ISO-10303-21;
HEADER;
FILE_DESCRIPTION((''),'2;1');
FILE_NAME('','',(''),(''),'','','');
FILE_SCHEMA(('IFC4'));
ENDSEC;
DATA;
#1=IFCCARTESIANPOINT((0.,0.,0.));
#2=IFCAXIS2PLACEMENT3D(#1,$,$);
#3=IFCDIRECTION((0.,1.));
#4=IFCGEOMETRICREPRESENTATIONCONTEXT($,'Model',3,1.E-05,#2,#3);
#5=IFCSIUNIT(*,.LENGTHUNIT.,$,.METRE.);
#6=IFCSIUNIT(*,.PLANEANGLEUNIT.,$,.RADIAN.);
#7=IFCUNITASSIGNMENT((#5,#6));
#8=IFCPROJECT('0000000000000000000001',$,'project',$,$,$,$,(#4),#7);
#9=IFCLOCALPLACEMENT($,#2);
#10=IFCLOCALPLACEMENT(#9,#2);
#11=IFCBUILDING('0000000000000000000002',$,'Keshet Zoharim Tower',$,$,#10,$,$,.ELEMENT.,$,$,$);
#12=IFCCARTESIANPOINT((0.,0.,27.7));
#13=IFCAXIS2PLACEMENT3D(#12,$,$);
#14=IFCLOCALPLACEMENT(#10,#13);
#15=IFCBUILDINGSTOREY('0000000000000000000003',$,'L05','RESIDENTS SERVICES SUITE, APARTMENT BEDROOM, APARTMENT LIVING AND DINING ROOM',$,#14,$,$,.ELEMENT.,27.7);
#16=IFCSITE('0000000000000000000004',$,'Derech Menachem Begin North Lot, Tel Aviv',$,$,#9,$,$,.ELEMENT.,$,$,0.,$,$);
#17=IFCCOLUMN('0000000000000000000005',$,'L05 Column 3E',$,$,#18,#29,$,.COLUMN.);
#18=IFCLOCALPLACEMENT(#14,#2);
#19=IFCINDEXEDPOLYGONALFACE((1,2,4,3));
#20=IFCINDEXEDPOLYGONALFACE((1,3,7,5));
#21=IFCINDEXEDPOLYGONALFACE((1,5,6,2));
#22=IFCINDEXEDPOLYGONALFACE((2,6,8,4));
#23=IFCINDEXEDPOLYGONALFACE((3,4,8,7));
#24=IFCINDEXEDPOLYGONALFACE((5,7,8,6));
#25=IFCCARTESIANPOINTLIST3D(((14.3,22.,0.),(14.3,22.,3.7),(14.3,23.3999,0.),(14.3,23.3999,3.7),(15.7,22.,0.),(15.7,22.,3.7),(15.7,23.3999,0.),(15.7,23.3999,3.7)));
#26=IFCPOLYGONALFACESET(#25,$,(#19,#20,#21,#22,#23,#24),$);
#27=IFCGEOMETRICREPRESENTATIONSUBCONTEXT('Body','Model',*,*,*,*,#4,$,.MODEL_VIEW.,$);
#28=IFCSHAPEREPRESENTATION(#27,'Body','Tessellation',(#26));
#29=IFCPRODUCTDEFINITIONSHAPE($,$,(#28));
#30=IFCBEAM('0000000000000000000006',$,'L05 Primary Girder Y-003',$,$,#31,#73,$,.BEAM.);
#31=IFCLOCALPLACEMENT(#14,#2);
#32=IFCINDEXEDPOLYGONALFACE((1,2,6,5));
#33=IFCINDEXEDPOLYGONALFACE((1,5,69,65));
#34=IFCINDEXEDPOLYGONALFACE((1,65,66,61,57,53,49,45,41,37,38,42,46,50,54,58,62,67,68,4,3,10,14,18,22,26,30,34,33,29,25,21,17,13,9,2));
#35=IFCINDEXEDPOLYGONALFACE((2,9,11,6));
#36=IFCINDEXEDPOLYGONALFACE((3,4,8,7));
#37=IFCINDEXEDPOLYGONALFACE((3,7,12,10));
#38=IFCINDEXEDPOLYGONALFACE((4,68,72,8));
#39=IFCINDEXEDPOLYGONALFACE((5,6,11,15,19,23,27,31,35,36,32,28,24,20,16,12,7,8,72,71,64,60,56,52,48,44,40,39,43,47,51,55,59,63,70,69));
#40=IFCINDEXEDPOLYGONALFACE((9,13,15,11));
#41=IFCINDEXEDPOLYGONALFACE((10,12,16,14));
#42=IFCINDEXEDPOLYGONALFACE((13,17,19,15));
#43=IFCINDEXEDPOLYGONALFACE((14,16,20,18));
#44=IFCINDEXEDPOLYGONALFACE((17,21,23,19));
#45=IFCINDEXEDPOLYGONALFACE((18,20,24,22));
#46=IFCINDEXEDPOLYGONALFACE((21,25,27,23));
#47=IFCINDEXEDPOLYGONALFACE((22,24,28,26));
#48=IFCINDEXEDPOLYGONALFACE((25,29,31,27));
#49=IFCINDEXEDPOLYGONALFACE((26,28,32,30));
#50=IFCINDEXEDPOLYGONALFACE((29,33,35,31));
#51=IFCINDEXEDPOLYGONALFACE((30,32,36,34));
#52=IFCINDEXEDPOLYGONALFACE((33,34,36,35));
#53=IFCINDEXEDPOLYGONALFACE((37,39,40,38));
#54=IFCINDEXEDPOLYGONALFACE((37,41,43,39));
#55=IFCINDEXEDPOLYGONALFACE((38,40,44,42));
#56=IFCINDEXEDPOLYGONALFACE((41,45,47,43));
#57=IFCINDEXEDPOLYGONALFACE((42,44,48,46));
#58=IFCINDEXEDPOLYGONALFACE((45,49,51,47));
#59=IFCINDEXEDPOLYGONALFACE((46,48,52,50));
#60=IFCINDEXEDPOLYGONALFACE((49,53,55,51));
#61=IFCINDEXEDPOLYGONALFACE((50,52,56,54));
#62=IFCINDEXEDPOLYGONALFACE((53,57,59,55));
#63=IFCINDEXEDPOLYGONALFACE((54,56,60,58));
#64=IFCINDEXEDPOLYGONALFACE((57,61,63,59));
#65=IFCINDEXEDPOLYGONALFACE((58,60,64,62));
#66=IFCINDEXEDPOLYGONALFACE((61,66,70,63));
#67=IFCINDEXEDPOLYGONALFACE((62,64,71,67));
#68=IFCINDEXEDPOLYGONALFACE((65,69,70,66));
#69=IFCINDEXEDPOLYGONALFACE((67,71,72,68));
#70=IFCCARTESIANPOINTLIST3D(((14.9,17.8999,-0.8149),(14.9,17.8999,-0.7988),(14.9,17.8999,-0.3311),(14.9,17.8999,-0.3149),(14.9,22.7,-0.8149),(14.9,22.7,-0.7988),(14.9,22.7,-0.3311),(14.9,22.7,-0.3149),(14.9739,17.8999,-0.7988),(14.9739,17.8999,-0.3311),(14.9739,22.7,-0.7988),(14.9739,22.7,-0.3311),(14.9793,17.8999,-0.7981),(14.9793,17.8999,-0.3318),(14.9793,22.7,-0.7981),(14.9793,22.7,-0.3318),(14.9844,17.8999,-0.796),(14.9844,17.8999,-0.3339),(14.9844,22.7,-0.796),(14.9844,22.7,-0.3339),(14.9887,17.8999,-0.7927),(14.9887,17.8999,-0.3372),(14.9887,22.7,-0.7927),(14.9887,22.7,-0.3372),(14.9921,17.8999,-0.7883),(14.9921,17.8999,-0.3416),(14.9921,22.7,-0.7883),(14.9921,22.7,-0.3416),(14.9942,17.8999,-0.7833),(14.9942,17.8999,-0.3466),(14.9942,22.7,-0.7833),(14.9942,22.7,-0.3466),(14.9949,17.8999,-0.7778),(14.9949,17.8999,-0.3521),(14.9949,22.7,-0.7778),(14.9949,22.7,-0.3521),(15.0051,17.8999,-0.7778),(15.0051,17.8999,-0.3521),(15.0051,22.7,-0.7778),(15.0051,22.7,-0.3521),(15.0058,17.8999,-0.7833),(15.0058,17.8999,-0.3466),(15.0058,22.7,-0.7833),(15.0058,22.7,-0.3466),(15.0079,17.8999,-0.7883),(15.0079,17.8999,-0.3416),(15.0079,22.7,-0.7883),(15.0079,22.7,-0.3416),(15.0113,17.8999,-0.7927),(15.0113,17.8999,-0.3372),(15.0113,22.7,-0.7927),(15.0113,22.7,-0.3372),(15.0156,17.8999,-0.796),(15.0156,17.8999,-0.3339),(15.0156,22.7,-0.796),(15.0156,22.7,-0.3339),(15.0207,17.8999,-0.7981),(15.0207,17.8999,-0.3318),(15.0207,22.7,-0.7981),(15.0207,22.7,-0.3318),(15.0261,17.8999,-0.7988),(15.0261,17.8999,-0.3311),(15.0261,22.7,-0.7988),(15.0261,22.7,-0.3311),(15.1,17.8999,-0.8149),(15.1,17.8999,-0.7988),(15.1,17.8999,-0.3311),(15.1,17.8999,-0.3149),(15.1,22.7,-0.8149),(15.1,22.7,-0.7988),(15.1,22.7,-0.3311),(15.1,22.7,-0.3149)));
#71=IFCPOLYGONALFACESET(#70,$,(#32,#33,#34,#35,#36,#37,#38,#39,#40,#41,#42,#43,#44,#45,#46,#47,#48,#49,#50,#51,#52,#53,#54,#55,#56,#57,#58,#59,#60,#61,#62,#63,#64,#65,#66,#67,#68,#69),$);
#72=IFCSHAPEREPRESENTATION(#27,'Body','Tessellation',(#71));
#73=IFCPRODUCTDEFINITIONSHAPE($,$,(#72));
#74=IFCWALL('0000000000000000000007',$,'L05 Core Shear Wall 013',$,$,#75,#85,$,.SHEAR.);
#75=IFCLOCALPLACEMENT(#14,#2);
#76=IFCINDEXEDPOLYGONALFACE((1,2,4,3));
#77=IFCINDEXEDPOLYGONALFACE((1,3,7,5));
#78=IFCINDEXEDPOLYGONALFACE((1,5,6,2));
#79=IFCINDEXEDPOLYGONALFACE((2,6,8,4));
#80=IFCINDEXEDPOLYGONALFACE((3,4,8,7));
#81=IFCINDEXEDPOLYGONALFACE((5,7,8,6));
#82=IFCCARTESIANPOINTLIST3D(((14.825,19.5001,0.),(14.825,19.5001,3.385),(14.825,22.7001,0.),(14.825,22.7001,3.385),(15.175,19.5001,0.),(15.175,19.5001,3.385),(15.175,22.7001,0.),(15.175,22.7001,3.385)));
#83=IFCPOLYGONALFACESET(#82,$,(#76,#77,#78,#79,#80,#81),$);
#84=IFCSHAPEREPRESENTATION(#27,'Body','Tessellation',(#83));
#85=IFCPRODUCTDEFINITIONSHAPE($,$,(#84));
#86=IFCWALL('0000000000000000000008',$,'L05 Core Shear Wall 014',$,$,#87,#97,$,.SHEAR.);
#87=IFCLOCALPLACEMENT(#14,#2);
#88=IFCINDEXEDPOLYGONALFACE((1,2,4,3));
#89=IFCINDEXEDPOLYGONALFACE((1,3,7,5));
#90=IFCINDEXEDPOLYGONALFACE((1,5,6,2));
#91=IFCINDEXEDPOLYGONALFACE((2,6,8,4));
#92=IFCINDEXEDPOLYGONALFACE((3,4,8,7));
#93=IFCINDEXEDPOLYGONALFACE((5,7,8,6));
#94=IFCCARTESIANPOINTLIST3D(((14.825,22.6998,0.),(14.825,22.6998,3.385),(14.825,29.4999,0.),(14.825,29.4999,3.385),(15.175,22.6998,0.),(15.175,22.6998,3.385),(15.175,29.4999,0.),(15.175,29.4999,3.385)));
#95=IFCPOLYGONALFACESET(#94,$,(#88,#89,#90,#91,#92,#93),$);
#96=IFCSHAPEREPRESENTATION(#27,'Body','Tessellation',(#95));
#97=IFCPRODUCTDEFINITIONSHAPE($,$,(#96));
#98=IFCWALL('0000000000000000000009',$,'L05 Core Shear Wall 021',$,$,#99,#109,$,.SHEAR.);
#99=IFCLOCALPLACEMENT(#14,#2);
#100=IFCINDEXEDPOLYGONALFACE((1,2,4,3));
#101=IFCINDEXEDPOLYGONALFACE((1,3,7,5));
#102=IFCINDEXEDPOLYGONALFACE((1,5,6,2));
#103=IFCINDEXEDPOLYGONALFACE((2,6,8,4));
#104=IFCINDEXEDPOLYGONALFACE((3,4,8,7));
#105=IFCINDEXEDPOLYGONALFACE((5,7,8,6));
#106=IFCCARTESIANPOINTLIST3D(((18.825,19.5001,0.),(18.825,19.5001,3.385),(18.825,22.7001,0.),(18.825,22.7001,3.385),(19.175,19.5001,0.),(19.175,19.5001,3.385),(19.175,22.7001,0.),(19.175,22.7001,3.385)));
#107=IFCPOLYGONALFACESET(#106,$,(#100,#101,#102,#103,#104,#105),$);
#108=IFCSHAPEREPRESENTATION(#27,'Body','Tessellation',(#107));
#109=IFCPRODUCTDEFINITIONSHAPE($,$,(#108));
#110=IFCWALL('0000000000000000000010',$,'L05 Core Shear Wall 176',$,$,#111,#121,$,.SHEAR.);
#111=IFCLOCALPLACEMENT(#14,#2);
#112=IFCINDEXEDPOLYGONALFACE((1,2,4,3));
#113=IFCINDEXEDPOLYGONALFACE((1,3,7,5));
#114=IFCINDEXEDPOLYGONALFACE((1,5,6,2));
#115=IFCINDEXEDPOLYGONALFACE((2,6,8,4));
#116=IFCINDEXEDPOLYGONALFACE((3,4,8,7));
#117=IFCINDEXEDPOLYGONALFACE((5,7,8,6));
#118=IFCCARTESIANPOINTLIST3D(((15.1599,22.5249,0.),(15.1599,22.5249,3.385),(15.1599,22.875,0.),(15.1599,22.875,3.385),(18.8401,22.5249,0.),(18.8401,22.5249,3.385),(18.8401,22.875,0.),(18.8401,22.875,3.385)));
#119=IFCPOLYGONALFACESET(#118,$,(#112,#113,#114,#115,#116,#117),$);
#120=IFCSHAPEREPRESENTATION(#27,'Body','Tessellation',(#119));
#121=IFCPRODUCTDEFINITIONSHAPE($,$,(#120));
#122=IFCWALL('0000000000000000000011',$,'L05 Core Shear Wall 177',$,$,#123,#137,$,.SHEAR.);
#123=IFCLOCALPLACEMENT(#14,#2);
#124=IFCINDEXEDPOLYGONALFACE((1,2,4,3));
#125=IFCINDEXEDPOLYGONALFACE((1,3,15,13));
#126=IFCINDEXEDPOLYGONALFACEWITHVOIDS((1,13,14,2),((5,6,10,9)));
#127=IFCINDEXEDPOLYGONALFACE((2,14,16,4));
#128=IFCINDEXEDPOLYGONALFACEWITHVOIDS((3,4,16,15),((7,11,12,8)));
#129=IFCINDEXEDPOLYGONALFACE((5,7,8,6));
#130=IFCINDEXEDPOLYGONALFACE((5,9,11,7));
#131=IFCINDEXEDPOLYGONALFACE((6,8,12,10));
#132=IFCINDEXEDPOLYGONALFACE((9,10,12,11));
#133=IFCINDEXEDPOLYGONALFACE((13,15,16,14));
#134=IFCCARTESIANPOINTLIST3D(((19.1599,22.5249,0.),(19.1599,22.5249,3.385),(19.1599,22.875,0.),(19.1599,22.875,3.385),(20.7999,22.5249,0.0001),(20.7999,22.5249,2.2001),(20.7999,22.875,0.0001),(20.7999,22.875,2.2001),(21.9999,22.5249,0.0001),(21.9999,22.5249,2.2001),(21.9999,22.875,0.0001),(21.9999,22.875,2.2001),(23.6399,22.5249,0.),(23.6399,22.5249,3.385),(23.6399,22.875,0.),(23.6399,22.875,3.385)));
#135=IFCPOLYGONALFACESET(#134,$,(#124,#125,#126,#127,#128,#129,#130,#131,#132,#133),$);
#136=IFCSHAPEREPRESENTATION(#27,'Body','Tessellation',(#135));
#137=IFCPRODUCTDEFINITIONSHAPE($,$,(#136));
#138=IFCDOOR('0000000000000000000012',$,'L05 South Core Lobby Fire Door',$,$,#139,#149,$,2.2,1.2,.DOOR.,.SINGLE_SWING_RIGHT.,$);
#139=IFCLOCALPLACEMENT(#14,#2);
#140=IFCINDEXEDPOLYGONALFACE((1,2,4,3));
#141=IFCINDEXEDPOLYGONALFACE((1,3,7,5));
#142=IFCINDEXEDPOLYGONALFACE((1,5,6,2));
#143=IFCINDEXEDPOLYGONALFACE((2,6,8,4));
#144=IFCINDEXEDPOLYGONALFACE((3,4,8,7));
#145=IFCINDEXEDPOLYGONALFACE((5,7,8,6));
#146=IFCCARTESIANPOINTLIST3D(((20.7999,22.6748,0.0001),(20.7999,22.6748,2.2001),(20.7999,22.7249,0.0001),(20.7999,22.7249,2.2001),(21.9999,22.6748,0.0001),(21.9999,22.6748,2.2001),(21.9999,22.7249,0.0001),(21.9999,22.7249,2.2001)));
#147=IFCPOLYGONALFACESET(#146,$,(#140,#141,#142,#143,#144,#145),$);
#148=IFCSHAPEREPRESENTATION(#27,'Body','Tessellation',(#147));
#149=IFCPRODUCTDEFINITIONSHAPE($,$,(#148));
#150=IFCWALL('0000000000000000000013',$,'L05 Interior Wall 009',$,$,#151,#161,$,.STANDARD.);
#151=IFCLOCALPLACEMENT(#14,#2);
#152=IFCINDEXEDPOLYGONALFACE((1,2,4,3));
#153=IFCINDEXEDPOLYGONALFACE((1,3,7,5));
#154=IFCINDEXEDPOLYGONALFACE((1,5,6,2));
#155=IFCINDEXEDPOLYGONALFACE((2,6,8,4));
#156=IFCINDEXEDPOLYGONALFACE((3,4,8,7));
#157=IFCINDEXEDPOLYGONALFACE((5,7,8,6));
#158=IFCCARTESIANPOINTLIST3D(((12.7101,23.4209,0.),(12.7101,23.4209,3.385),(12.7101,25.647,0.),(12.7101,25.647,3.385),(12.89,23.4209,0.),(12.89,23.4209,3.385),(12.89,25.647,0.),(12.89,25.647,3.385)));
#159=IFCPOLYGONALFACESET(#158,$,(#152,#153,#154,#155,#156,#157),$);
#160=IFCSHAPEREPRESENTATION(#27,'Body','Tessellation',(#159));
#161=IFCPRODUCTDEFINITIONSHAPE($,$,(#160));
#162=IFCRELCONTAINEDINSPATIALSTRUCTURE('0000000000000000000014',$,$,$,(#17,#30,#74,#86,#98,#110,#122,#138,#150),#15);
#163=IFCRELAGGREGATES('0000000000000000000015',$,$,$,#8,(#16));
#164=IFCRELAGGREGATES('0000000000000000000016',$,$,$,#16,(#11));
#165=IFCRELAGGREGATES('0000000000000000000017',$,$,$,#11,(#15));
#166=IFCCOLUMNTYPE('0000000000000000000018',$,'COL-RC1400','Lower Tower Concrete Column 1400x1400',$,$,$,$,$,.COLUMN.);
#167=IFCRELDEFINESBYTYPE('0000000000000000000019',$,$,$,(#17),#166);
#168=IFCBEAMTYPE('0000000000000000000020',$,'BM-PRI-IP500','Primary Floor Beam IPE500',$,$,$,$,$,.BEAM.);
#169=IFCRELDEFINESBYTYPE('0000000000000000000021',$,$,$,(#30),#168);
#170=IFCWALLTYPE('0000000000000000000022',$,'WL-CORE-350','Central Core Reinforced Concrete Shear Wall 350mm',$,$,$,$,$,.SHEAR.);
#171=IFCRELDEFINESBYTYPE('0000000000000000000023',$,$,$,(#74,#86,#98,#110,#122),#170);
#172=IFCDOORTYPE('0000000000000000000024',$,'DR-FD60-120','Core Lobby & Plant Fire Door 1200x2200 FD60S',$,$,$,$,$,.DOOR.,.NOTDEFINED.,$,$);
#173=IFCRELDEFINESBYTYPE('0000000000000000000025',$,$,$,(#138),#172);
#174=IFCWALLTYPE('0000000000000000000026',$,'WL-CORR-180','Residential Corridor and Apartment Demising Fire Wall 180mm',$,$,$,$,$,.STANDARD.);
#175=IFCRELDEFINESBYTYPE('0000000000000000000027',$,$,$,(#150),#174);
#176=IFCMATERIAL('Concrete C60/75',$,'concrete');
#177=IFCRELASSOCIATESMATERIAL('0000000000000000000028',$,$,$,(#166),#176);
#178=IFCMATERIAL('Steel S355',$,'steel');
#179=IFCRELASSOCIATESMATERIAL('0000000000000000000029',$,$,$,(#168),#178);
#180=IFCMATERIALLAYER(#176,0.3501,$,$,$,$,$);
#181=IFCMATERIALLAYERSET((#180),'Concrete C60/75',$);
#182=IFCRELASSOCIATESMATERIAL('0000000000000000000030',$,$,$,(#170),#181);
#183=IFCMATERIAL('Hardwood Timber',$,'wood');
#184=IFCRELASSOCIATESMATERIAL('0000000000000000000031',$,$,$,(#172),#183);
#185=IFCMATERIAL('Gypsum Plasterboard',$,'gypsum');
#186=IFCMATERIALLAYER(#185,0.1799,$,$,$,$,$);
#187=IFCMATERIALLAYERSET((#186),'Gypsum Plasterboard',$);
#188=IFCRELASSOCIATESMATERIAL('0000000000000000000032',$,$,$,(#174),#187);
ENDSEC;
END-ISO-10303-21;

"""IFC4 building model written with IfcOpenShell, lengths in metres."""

from ifc_helpers import new_model, si_unit, direction, frame, frame_2d, origin, origin_2d, place, context, subcontext, project, spatial, rectangle, i_section, extrude, material, layer, layer_set, material_profile, profile_set, type_object, element, fill, save


model = new_model("IFC4")

# Units and contexts
model_context = context("Model", 3, precision=1e-05, world=origin(), true_north=direction((0.0, 1.0)))
body_context = subcontext(model_context, "Body", "Model", "MODEL_VIEW")
ifc_project = project(units=[si_unit("LENGTHUNIT", "METRE"), si_unit("PLANEANGLEUNIT", "RADIAN")], contexts=[model_context])

# Site, building, storey
site_placement = place(None, origin())
site = spatial("IfcSite", under=ifc_project, at=site_placement, Name="Derech Menachem Begin North Lot, Tel Aviv", CompositionType="ELEMENT", RefElevation=0.0)
building_placement = place(site_placement, origin())
building = spatial("IfcBuilding", under=site, at=building_placement, Name="Keshet Zoharim Tower", CompositionType="ELEMENT")
storey_placement = place(building_placement, frame((0.0, 0.0, 27.7)))
storey = spatial("IfcBuildingStorey", under=building, at=storey_placement, Name="L05", Description="RESIDENTS SERVICES SUITE, APARTMENT BEDROOM, APARTMENT LIVING AND DINING ROOM", CompositionType="ELEMENT", Elevation=27.7)

# Column
ifc_material_1 = material(Name="Concrete C60/75", Category="concrete")
ifc_material_profile_1 = material_profile(ifc_material_1, rectangle(XDim=1.3999, YDim=1.3999, at=origin_2d()), Name="RC1400x1400")
ifc_profile_set_1 = profile_set([ifc_material_profile_1], Name="Concrete C60/75")
column_type = type_object("IfcColumnType", Name="COL-RC1400", Description="Lower Tower Concrete Column 1400x1400", PredefinedType="COLUMN", material=ifc_profile_set_1)
column_placement = place(storey_placement, frame((15.0, 22.7, 0.0), z_axis=(0.0, 0.0, 1.0), x_axis=(1.0, 0.0, 0.0)))
element("IfcColumn", 1, at=column_placement, inside=storey, type_object=column_type, Name="L05 Column 3E", PredefinedType="COLUMN", context=body_context, shape_type="SweptSolid", body=[
    extrude(rectangle(XDim=1.3999, YDim=1.3999, at=origin_2d()), origin(), (0.0, 0.0, 1.0), 3.7),
])

# Beam
ifc_material_2 = material(Name="Steel S355", Category="steel")
ifc_material_profile_2 = material_profile(ifc_material_2, i_section(OverallWidth=0.2, OverallDepth=0.5, WebThickness=0.0103, FlangeThickness=0.0161, FilletRadius=0.021, at=origin_2d()), Name="IPE500")
ifc_profile_set_2 = profile_set([ifc_material_profile_2], Name="Steel S355")
beam_type = type_object("IfcBeamType", Name="BM-PRI-IP500", Description="Primary Floor Beam IPE500", PredefinedType="BEAM", material=ifc_profile_set_2)
beam_placement = place(storey_placement, frame((15.0, 17.8999, -0.5649), z_axis=(0.0, 1.0, 0.0), x_axis=(-1.0, 0.0, 0.0)))
element("IfcBeam", 2, at=beam_placement, inside=storey, type_object=beam_type, Name="L05 Primary Girder Y-003", PredefinedType="BEAM", context=body_context, shape_type="SweptSolid", body=[
    extrude(i_section(OverallWidth=0.2, OverallDepth=0.5, WebThickness=0.0103, FlangeThickness=0.0161, FilletRadius=0.021, at=origin_2d()), origin(), (0.0, 0.0, 1.0), 4.8),
])

# Walls
ifc_layer_1 = layer(ifc_material_1, 0.3501)
ifc_layer_set_1 = layer_set([ifc_layer_1], Name="Concrete C60/75")
wall_type_1 = type_object("IfcWallType", Name="WL-CORE-350", Description="Central Core Reinforced Concrete Shear Wall 350mm", PredefinedType="SHEAR", material=ifc_layer_set_1)
wall_1_placement = place(storey_placement, frame((15.0, 19.5, 0.0), z_axis=(0.0, 0.0, 1.0), x_axis=(0.0, 1.0, 0.0)))
element("IfcWall", 3, at=wall_1_placement, inside=storey, type_object=wall_type_1, Name="L05 Core Shear Wall 013", PredefinedType="SHEAR", context=body_context, shape_type="SweptSolid", body=[
    extrude(rectangle(XDim=3.2, YDim=0.3501, at=frame_2d((1.6001, 0.0))), origin(), (0.0, 0.0, 1.0), 3.385),
])
wall_2_placement = place(storey_placement, frame((15.0, 22.7, 0.0), z_axis=(0.0, 0.0, 1.0), x_axis=(0.0, 1.0, 0.0)))
element("IfcWall", 4, at=wall_2_placement, inside=storey, type_object=wall_type_1, Name="L05 Core Shear Wall 014", PredefinedType="SHEAR", context=body_context, shape_type="SweptSolid", body=[
    extrude(rectangle(XDim=6.8, YDim=0.3501, at=frame_2d((3.3999, 0.0))), origin(), (0.0, 0.0, 1.0), 3.385),
])
wall_3_placement = place(storey_placement, frame((19.0, 19.5, 0.0), z_axis=(0.0, 0.0, 1.0), x_axis=(0.0, 1.0, 0.0)))
element("IfcWall", 5, at=wall_3_placement, inside=storey, type_object=wall_type_1, Name="L05 Core Shear Wall 021", PredefinedType="SHEAR", context=body_context, shape_type="SweptSolid", body=[
    extrude(rectangle(XDim=3.2, YDim=0.3501, at=frame_2d((1.6001, 0.0))), origin(), (0.0, 0.0, 1.0), 3.385),
])

# Shared definitions
ifc_material_3 = material(Name="Hardwood Timber", Category="wood")

# Wall
wall_4_placement = place(storey_placement, frame((15.1599, 22.7, 0.0), z_axis=(0.0, 0.0, 1.0), x_axis=(1.0, 0.0, 0.0)))
element("IfcWall", 6, at=wall_4_placement, inside=storey, type_object=wall_type_1, Name="L05 Core Shear Wall 176", PredefinedType="SHEAR", context=body_context, shape_type="SweptSolid", body=[
    extrude(rectangle(XDim=3.6802, YDim=0.3501, at=frame_2d((1.8401, 0.0))), origin(), (0.0, 0.0, 1.0), 3.385),
])

# Wall, opening, door
wall_5_placement = place(storey_placement, frame((19.1599, 22.7, 0.0), z_axis=(0.0, 0.0, 1.0), x_axis=(1.0, 0.0, 0.0)))
wall_5 = element("IfcWall", 7, at=wall_5_placement, inside=storey, type_object=wall_type_1, Name="L05 Core Shear Wall 177", PredefinedType="SHEAR", context=body_context, shape_type="SweptSolid", body=[
    extrude(rectangle(XDim=4.48, YDim=0.3501, at=frame_2d((2.24, 0.0))), origin(), (0.0, 0.0, 1.0), 3.385),
])
opening_1_placement = place(wall_5_placement, frame((1.6399, 0.0, 0.0)))
opening_1 = element("IfcOpeningElement", 8, at=opening_1_placement, cuts=wall_5, PredefinedType="OPENING", context=body_context, shape_type="SweptSolid", body=[
    extrude(rectangle(XDim=1.2, YDim=2.2, at=frame_2d((0.6001, 1.1001))), frame((0.0, 0.1851, 0.0), z_axis=(0.0, -1.0, 0.0), x_axis=(1.0, 0.0, 0.0)), (0.0, 0.0, 1.0), 0.3701),
])
door_type_1 = type_object("IfcDoorType", Name="DR-FD60-120", Description="Core Lobby & Plant Fire Door 1200x2200 FD60S", OperationType="NOTDEFINED", PredefinedType="DOOR", material=ifc_material_3)
door_1_placement = place(opening_1_placement, origin())
door_1 = element("IfcDoor", 9, at=door_1_placement, inside=storey, type_object=door_type_1, Name="L05 South Core Lobby Fire Door", OperationType="SINGLE_SWING_RIGHT", OverallHeight=2.2, OverallWidth=1.2, PredefinedType="DOOR", context=body_context, shape_type="SweptSolid", body=[
    extrude(rectangle(XDim=1.2, YDim=2.2, at=frame_2d((0.6001, 1.1001))), frame((0.0, 0.0249, 0.0), z_axis=(0.0, -1.0, 0.0), x_axis=(1.0, 0.0, 0.0)), (0.0, 0.0, 1.0), 0.05),
])
fill(opening_1, door_1)

# Wall
ifc_material_4 = material(Name="Gypsum Plasterboard", Category="gypsum")
ifc_layer_2 = layer(ifc_material_4, 0.1799)
ifc_layer_set_2 = layer_set([ifc_layer_2], Name="Gypsum Plasterboard")
wall_type_2 = type_object("IfcWallType", Name="WL-CORR-180", Description="Residential Corridor and Apartment Demising Fire Wall 180mm", PredefinedType="STANDARD", material=ifc_layer_set_2)
wall_6_placement = place(storey_placement, frame((12.8, 23.4209, 0.0), z_axis=(0.0, 0.0, 1.0), x_axis=(0.0, 1.0, 0.0)))
element("IfcWall", 10, at=wall_6_placement, inside=storey, type_object=wall_type_2, Name="L05 Interior Wall 009", PredefinedType="STANDARD", context=body_context, shape_type="SweptSolid", body=[
    extrude(rectangle(XDim=2.2261, YDim=0.1799, at=frame_2d((1.113, 0.0))), origin(), (0.0, 0.0, 1.0), 3.385),
])

save(model, "model.ifc")
